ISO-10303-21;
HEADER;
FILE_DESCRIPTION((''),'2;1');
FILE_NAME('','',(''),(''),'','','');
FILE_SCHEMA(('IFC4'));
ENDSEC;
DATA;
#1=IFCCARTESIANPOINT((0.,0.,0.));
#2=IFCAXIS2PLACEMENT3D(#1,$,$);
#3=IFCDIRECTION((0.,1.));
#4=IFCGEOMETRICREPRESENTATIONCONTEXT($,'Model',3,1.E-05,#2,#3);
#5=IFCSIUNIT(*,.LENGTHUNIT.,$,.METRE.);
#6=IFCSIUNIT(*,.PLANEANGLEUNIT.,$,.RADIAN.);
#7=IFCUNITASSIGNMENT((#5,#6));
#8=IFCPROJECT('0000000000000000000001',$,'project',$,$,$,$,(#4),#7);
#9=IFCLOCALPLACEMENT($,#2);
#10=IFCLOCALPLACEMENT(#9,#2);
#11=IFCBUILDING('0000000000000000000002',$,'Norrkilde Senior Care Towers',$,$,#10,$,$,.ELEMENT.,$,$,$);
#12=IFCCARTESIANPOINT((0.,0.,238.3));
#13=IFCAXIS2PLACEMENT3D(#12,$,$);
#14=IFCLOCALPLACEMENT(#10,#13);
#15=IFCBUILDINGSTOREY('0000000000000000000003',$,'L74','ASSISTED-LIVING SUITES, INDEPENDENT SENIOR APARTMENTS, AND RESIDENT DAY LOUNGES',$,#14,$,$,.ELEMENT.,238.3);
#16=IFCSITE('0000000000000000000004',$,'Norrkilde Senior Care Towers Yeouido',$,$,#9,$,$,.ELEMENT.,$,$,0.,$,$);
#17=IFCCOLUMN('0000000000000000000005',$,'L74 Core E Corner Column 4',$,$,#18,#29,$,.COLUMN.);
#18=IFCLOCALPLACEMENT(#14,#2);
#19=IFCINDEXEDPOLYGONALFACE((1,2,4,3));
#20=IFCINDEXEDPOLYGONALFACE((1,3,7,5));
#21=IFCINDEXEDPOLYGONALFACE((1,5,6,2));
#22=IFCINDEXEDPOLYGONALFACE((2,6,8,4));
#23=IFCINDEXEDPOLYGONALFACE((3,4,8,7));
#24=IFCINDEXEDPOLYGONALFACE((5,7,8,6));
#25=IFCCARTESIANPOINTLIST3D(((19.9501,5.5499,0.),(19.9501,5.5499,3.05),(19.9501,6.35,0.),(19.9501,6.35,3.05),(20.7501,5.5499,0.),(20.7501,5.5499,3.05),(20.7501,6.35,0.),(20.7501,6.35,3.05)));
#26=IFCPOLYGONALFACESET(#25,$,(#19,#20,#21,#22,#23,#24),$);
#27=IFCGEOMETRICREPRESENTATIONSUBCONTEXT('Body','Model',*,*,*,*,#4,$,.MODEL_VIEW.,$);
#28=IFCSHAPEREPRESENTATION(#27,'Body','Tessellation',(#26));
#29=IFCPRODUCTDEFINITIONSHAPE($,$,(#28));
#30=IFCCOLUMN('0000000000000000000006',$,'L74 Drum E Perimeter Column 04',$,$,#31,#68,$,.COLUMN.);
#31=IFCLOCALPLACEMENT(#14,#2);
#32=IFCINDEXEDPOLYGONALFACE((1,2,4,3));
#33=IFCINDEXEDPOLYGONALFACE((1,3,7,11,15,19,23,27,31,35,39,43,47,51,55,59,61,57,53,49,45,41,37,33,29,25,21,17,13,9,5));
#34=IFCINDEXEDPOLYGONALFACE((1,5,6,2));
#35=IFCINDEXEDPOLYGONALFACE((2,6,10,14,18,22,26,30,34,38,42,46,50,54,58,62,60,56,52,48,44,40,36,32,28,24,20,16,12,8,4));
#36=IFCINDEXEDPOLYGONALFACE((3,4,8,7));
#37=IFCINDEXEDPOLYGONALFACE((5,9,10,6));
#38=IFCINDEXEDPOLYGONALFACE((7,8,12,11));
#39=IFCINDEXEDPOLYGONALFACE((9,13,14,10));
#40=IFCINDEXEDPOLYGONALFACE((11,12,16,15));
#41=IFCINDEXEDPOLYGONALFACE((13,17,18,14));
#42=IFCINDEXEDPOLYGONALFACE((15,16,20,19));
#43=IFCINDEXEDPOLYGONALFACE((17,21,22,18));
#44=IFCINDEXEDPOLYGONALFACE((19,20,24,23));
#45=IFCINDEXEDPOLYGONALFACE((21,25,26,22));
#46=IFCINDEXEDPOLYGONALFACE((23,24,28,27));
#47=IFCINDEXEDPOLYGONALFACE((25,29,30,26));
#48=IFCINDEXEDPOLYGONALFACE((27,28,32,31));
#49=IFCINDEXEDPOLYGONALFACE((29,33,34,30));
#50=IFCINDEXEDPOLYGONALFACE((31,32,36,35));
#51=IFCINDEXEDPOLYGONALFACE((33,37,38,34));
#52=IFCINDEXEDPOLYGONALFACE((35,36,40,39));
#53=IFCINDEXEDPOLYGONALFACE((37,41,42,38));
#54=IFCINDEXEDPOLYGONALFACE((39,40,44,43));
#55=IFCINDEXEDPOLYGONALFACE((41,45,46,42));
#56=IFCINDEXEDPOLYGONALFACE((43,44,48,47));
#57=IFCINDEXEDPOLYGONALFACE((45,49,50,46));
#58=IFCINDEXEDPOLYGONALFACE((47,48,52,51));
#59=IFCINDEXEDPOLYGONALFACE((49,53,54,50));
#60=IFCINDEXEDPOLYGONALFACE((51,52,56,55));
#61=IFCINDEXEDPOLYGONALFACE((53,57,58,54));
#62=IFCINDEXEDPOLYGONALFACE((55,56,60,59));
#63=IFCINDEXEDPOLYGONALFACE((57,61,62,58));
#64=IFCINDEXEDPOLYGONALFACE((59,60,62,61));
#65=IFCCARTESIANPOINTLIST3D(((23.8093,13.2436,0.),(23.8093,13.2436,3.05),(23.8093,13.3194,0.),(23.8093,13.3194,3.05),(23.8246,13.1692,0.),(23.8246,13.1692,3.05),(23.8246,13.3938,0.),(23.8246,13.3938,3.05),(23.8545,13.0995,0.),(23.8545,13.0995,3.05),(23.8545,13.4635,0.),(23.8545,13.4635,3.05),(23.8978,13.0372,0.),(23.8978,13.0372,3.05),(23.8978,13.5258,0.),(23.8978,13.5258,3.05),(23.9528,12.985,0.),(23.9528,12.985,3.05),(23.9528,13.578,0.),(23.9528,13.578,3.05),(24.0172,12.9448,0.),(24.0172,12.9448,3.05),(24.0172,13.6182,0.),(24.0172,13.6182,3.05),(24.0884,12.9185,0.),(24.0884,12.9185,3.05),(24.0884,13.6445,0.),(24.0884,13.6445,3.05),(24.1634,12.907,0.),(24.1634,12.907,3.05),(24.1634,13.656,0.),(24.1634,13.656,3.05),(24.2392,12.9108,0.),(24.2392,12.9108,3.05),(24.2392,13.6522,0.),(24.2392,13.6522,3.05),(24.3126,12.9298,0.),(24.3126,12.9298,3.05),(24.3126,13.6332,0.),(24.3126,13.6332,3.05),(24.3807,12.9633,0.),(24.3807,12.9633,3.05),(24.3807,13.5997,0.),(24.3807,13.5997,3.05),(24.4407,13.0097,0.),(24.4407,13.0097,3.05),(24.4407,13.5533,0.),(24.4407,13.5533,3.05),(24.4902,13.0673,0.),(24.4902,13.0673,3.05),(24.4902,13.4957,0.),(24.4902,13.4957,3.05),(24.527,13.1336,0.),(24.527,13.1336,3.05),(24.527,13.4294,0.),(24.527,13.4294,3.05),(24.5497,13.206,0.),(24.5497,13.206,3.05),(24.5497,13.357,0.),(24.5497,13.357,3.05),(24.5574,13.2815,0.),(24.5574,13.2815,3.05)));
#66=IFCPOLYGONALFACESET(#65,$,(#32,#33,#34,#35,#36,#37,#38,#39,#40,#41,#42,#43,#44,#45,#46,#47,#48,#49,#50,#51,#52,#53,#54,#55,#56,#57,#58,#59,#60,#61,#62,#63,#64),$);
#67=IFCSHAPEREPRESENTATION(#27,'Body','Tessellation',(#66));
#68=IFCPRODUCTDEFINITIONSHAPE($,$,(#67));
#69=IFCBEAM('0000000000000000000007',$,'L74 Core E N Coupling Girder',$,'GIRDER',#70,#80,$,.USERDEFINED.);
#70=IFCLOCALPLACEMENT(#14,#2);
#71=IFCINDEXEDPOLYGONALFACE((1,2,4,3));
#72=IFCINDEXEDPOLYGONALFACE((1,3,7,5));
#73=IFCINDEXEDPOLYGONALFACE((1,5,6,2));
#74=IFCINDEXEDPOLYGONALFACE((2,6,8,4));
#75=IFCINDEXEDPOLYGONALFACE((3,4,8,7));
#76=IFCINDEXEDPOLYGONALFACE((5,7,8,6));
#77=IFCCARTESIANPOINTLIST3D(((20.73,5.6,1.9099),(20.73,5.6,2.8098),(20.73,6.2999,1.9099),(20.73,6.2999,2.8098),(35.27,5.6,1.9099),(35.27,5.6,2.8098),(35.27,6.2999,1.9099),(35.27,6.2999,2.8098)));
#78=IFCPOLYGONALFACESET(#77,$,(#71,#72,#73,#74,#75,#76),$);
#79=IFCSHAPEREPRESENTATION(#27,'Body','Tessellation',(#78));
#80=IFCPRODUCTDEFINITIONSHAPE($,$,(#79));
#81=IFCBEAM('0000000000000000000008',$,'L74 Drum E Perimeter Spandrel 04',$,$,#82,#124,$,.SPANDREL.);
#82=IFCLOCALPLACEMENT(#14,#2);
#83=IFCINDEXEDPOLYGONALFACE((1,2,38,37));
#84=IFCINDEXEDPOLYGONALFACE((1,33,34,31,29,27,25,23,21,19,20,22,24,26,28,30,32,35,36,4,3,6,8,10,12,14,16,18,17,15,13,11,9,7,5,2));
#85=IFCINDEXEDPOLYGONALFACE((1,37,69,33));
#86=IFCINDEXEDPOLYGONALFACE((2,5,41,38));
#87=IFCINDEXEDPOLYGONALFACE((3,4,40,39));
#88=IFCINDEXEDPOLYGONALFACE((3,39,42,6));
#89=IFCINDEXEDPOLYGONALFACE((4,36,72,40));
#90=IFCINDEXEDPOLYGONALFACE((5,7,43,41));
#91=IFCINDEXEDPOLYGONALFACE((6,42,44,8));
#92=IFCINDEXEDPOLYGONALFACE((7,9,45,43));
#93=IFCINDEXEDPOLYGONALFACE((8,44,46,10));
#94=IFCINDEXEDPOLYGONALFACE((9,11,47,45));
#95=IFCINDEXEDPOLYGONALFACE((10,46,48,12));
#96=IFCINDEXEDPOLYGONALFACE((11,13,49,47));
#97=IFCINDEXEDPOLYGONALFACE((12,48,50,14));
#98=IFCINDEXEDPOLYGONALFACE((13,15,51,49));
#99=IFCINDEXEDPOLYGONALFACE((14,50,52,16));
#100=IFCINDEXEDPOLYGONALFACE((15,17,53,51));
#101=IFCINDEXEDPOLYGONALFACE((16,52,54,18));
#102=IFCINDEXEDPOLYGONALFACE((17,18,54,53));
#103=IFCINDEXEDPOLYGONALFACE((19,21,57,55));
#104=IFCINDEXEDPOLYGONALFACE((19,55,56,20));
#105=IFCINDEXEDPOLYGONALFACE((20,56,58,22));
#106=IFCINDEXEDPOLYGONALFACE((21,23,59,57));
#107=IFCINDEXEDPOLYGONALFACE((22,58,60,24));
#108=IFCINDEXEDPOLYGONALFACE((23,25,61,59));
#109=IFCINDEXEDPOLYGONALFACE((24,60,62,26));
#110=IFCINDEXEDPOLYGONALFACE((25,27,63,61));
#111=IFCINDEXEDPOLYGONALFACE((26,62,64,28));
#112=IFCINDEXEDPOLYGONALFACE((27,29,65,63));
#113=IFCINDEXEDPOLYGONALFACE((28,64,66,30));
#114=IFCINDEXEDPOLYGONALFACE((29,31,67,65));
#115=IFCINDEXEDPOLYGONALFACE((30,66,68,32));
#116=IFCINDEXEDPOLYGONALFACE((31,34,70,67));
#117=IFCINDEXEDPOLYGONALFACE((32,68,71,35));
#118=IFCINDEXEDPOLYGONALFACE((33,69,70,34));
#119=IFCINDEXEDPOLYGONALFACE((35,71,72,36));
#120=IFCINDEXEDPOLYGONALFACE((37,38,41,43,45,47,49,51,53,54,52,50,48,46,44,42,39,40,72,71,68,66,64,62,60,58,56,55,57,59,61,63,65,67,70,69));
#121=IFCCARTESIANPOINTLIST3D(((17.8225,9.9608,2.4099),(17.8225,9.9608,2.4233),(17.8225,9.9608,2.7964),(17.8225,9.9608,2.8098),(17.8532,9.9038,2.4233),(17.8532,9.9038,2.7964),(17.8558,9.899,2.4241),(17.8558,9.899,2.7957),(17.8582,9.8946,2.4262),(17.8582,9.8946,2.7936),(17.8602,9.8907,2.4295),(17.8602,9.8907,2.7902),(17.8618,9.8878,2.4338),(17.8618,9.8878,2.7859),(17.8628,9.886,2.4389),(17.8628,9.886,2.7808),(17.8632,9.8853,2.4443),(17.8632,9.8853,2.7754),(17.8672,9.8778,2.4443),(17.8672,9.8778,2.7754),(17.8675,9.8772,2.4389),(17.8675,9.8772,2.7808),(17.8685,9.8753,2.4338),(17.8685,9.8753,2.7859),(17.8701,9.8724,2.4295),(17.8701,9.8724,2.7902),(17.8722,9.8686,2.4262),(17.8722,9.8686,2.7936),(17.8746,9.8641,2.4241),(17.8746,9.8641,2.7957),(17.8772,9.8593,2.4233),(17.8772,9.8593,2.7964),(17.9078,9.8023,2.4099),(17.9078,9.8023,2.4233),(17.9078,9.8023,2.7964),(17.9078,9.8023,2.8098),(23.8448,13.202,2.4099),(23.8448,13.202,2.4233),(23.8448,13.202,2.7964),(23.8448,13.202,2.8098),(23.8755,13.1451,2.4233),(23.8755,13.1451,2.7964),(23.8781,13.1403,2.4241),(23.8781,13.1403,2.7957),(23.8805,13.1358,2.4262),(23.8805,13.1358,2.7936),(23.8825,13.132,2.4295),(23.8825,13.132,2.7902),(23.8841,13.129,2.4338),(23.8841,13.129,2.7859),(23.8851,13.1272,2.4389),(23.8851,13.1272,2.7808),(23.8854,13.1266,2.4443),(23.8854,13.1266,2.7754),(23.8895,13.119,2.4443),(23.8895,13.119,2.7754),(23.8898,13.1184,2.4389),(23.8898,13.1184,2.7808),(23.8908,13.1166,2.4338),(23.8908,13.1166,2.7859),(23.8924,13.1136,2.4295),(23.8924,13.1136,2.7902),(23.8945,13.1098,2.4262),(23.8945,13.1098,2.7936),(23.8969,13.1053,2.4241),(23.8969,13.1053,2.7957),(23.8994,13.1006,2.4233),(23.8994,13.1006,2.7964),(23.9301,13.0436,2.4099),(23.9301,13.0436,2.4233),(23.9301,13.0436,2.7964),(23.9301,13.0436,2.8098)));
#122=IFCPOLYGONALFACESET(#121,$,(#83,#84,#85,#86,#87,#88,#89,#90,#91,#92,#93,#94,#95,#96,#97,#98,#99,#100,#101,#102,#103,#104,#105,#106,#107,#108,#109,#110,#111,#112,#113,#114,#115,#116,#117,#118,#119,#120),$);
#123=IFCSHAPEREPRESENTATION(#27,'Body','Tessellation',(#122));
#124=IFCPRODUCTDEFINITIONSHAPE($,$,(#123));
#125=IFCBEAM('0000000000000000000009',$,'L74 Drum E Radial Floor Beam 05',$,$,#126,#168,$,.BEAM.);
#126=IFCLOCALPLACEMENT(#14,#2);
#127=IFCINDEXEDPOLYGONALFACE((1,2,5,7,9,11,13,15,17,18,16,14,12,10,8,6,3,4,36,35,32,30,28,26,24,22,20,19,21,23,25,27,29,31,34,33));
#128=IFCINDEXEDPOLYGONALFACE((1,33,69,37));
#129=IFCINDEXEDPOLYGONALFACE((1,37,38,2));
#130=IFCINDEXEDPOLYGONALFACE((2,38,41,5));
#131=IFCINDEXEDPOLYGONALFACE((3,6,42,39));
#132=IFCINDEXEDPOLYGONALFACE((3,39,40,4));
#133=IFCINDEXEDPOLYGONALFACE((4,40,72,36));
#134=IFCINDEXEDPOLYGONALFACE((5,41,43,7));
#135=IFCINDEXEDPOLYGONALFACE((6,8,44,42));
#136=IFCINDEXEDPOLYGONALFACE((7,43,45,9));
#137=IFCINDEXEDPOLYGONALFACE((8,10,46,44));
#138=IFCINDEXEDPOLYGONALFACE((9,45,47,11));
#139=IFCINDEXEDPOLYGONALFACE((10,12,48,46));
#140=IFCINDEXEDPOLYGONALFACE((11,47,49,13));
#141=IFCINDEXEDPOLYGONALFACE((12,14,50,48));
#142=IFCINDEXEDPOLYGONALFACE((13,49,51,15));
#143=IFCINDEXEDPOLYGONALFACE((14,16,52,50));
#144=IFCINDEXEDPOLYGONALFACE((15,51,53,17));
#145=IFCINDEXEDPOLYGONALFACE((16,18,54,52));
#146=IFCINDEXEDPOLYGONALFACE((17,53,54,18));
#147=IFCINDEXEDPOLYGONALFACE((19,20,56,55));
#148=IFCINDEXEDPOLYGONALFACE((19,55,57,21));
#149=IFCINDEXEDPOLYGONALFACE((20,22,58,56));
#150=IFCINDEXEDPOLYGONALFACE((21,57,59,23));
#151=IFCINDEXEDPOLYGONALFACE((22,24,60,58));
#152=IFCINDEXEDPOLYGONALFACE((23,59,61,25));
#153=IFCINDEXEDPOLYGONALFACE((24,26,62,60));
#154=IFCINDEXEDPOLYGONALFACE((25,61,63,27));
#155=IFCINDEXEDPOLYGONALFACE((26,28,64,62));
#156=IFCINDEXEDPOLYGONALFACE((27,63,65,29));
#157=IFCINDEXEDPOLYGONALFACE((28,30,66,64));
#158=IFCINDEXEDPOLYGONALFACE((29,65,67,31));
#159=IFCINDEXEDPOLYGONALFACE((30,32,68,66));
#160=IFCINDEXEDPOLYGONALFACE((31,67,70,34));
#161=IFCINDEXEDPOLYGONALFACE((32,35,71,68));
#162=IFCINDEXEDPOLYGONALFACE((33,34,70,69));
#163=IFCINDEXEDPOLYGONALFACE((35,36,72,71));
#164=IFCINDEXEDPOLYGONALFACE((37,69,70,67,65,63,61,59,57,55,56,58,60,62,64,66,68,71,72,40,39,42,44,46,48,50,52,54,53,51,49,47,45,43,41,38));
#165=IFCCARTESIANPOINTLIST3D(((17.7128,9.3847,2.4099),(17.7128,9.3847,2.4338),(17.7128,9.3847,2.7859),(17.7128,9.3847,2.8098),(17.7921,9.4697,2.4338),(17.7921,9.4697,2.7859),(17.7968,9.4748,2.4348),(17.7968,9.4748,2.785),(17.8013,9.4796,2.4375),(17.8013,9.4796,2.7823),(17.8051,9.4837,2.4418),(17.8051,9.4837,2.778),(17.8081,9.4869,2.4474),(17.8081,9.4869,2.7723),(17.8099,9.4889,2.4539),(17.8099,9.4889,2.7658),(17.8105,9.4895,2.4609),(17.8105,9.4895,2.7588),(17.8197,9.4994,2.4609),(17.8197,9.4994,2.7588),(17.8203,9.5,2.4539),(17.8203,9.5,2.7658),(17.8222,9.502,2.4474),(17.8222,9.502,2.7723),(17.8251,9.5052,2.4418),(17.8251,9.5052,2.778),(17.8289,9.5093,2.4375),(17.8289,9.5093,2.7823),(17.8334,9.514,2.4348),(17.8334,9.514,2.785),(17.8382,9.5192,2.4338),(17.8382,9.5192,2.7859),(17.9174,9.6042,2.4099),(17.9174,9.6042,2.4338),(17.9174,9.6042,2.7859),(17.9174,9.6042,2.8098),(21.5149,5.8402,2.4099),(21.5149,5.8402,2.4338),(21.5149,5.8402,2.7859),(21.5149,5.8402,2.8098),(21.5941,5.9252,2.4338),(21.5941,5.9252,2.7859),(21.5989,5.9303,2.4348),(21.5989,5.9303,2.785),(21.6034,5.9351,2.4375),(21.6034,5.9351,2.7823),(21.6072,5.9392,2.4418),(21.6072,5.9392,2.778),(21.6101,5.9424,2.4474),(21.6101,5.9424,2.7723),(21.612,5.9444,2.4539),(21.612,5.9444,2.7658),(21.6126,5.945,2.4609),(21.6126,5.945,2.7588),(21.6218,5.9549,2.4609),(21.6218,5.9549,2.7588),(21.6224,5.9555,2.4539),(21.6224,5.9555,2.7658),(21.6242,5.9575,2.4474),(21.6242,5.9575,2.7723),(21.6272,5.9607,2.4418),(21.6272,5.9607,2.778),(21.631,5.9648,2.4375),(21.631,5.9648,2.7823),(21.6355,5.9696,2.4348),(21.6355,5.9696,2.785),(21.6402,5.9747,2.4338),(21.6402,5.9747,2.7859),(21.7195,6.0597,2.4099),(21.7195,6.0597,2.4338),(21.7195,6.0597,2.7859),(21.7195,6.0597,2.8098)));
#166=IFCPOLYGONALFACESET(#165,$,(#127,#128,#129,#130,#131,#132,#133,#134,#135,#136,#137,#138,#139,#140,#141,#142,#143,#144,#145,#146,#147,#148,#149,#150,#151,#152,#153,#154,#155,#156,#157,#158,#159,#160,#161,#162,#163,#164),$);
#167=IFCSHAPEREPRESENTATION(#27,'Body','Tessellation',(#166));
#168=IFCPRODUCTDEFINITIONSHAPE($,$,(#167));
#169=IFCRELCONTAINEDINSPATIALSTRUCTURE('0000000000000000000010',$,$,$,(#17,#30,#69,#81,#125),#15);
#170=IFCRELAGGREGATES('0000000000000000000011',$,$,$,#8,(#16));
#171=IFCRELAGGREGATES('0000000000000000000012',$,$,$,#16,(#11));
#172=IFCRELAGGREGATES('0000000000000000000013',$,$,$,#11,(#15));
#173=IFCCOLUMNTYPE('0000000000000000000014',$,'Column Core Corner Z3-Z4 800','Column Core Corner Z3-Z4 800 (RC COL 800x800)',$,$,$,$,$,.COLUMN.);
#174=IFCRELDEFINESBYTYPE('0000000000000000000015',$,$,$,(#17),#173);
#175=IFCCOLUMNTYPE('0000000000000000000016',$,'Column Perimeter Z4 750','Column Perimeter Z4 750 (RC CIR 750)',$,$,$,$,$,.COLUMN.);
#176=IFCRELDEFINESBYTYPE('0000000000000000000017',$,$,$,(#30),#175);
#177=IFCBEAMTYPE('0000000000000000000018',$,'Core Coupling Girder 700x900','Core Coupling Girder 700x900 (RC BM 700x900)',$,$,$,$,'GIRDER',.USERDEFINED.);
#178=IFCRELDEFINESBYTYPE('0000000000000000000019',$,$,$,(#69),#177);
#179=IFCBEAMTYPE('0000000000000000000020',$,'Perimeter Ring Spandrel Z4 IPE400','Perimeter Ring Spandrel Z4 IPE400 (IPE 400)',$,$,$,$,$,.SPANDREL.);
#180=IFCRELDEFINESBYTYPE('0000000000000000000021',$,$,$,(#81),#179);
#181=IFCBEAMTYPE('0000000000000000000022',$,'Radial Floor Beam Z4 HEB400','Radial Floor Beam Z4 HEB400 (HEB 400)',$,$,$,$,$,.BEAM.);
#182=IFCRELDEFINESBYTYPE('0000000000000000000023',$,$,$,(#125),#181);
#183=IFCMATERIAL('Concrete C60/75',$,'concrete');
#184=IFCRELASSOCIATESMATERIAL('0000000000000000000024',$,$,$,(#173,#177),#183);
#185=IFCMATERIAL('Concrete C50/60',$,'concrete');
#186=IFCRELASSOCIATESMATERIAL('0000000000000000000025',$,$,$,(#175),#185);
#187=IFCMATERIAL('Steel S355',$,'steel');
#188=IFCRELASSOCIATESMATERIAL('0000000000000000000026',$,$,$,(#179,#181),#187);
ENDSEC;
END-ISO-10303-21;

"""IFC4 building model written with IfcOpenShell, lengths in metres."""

from ifc_helpers import new_model, si_unit, direction, frame, origin, origin_2d, place, context, subcontext, project, spatial, rectangle, circle, i_section, extrude, source, transform, mapped, material, material_profile, profile_set, type_object, type_shapes, element, save


model = new_model("IFC4")

# Units and contexts
model_context = context("Model", 3, precision=1e-05, world=origin(), true_north=direction((0.0, 1.0)))
body_context = subcontext(model_context, "Body", "Model", "MODEL_VIEW")
ifc_project = project(units=[si_unit("LENGTHUNIT", "METRE"), si_unit("PLANEANGLEUNIT", "RADIAN")], contexts=[model_context])

# Site, building, storey
site_placement = place(None, origin())
site = spatial("IfcSite", under=ifc_project, at=site_placement, Name="Norrkilde Senior Care Towers Yeouido", CompositionType="ELEMENT", RefElevation=0.0)
building_placement = place(site_placement, origin())
building = spatial("IfcBuilding", under=site, at=building_placement, Name="Norrkilde Senior Care Towers", CompositionType="ELEMENT")
storey_placement = place(building_placement, frame((0.0, 0.0, 238.3)))
storey = spatial("IfcBuildingStorey", under=building, at=storey_placement, Name="L74", Description="ASSISTED-LIVING SUITES, INDEPENDENT SENIOR APARTMENTS, AND RESIDENT DAY LOUNGES", CompositionType="ELEMENT", Elevation=238.3)

# Columns
ifc_material_1 = material(Name="Concrete C60/75", Category="concrete")
ifc_material_profile_1 = material_profile(ifc_material_1, rectangle(XDim=0.8, YDim=0.8, at=origin_2d()), Name="RC COL 800x800")
ifc_profile_set_1 = profile_set([ifc_material_profile_1], Name="Concrete C60/75")
column_type_1 = type_object("IfcColumnType", Name="Column Core Corner Z3-Z4 800", Description="Column Core Corner Z3-Z4 800 (RC COL 800x800)", PredefinedType="COLUMN", material=ifc_profile_set_1)
shared_shape_1 = source(origin(), body_context, "Body", "SweptSolid", [
    extrude(rectangle(XDim=0.8, YDim=0.8, at=origin_2d()), origin(), (0.0, 0.0, 1.0), 3.05),
])
type_shapes(column_type_1, [shared_shape_1])
column_1_placement = place(storey_placement, frame((20.3501, 5.95, 0.0), z_axis=(0.0, 0.0, 1.0), x_axis=(1.0, 0.0, 0.0)))
element("IfcColumn", 1, at=column_1_placement, inside=storey, type_object=column_type_1, Name="L74 Core E Corner Column 4", PredefinedType="COLUMN", context=body_context, shape_type="MappedRepresentation", body=[
    mapped(shared_shape_1, transform((0.0, 0.0, 0.0), x_axis=(1.0, 0.0, 0.0), y_axis=(0.0, 1.0, 0.0), z_axis=(0.0, 0.0, 1.0), scale=1.0)),
])
ifc_material_2 = material(Name="Concrete C50/60", Category="concrete")
ifc_material_profile_2 = material_profile(ifc_material_2, circle(Radius=0.375, at=origin_2d()), Name="RC CIR 750")
ifc_profile_set_2 = profile_set([ifc_material_profile_2], Name="Concrete C50/60")
column_type_2 = type_object("IfcColumnType", Name="Column Perimeter Z4 750", Description="Column Perimeter Z4 750 (RC CIR 750)", PredefinedType="COLUMN", material=ifc_profile_set_2)
shared_shape_2 = source(origin(), body_context, "Body", "SweptSolid", [
    extrude(circle(Radius=0.375, at=origin_2d()), origin(), (0.0, 0.0, 1.0), 3.05),
])
type_shapes(column_type_2, [shared_shape_2])
column_2_placement = place(storey_placement, frame((24.1824, 13.2815, 0.0), z_axis=(0.0, 0.0, 1.0), x_axis=(1.0, 0.0, 0.0)))
element("IfcColumn", 2, at=column_2_placement, inside=storey, type_object=column_type_2, Name="L74 Drum E Perimeter Column 04", PredefinedType="COLUMN", context=body_context, shape_type="MappedRepresentation", body=[
    mapped(shared_shape_2, transform((0.0, 0.0, 0.0), x_axis=(1.0, 0.0, 0.0), y_axis=(0.0, 1.0, 0.0), z_axis=(0.0, 0.0, 1.0), scale=1.0)),
])

# Beams
ifc_material_profile_3 = material_profile(ifc_material_1, rectangle(XDim=0.7, YDim=0.8999, at=origin_2d()), Name="RC BM 700x900")
ifc_profile_set_3 = profile_set([ifc_material_profile_3], Name="Concrete C60/75")
beam_type_1 = type_object("IfcBeamType", Name="Core Coupling Girder 700x900", Description="Core Coupling Girder 700x900 (RC BM 700x900)", ElementType="GIRDER", PredefinedType="USERDEFINED", material=ifc_profile_set_3)
shared_shape_3 = source(origin(), body_context, "Body", "SweptSolid", [
    extrude(rectangle(XDim=0.7, YDim=0.8999, at=origin_2d()), origin(), (0.0, 0.0, 1.0), 14.54),
])
type_shapes(beam_type_1, [shared_shape_3])
beam_1_placement = place(storey_placement, frame((20.73, 5.95, 2.3599), z_axis=(1.0, 0.0, 0.0), x_axis=(0.0, 1.0, 0.0)))
element("IfcBeam", 3, at=beam_1_placement, inside=storey, type_object=beam_type_1, Name="L74 Core E N Coupling Girder", ObjectType="GIRDER", PredefinedType="USERDEFINED", context=body_context, shape_type="MappedRepresentation", body=[
    mapped(shared_shape_3, transform((0.0, 0.0, 0.0), x_axis=(1.0, 0.0, 0.0), y_axis=(0.0, 1.0, 0.0), z_axis=(0.0, 0.0, 1.0), scale=1.0)),
])
ifc_material_3 = material(Name="Steel S355", Category="steel")
ifc_material_profile_4 = material_profile(ifc_material_3, i_section(OverallWidth=0.1799, OverallDepth=0.3999, WebThickness=0.0085, FlangeThickness=0.0134, FilletRadius=0.021, at=origin_2d()), Name="IPE 400")
ifc_profile_set_4 = profile_set([ifc_material_profile_4], Name="Steel S355")
beam_type_2 = type_object("IfcBeamType", Name="Perimeter Ring Spandrel Z4 IPE400", Description="Perimeter Ring Spandrel Z4 IPE400 (IPE 400)", PredefinedType="SPANDREL", material=ifc_profile_set_4)
shared_shape_4 = source(origin(), body_context, "Body", "SweptSolid", [
    extrude(i_section(OverallWidth=0.1799, OverallDepth=0.3999, WebThickness=0.0085, FlangeThickness=0.0134, FilletRadius=0.021, at=origin_2d()), origin(), (0.0, 0.0, 1.0), 6.8391),
])
type_shapes(beam_type_2, [shared_shape_4])
beam_2_placement = place(storey_placement, frame((23.8875, 13.1228, 2.6099), z_axis=(-0.880564, -0.473927, 0.0), x_axis=(0.473927, -0.880564, 0.0)))
element("IfcBeam", 4, at=beam_2_placement, inside=storey, type_object=beam_type_2, Name="L74 Drum E Perimeter Spandrel 04", PredefinedType="SPANDREL", context=body_context, shape_type="MappedRepresentation", body=[
    mapped(shared_shape_4, transform((0.0, 0.0, 0.0), x_axis=(1.0, 0.0, 0.0), y_axis=(0.0, 1.0, 0.0), z_axis=(0.0, 0.0, 1.0), scale=1.0)),
])
ifc_material_profile_5 = material_profile(ifc_material_3, i_section(OverallWidth=0.3, OverallDepth=0.3999, WebThickness=0.0134, FlangeThickness=0.0239, FilletRadius=0.0271, at=origin_2d()), Name="HEB 400")
ifc_profile_set_5 = profile_set([ifc_material_profile_5], Name="Steel S355")
beam_type_3 = type_object("IfcBeamType", Name="Radial Floor Beam Z4 HEB400", Description="Radial Floor Beam Z4 HEB400 (HEB 400)", PredefinedType="BEAM", material=ifc_profile_set_5)
shared_shape_5 = source(origin(), body_context, "Body", "SweptSolid", [
    extrude(i_section(OverallWidth=0.3, OverallDepth=0.3999, WebThickness=0.0134, FlangeThickness=0.0239, FilletRadius=0.0271, at=origin_2d()), origin(), (0.0, 0.0, 1.0), 5.198),
])
beam_3_placement = place(storey_placement, frame((21.6172, 5.95, 2.6099), z_axis=(-0.731449, 0.681896, 0.0), x_axis=(-0.681896, -0.731449, 0.0)))
element("IfcBeam", 5, at=beam_3_placement, inside=storey, type_object=beam_type_3, Name="L74 Drum E Radial Floor Beam 05", PredefinedType="BEAM", context=body_context, shape_type="MappedRepresentation", body=[
    mapped(shared_shape_5, transform((0.0, 0.0, 0.0), x_axis=(1.0, 0.0, 0.0), y_axis=(0.0, 1.0, 0.0), z_axis=(0.0, 0.0, 1.0), scale=1.0)),
])

save(model, "model.ifc")
